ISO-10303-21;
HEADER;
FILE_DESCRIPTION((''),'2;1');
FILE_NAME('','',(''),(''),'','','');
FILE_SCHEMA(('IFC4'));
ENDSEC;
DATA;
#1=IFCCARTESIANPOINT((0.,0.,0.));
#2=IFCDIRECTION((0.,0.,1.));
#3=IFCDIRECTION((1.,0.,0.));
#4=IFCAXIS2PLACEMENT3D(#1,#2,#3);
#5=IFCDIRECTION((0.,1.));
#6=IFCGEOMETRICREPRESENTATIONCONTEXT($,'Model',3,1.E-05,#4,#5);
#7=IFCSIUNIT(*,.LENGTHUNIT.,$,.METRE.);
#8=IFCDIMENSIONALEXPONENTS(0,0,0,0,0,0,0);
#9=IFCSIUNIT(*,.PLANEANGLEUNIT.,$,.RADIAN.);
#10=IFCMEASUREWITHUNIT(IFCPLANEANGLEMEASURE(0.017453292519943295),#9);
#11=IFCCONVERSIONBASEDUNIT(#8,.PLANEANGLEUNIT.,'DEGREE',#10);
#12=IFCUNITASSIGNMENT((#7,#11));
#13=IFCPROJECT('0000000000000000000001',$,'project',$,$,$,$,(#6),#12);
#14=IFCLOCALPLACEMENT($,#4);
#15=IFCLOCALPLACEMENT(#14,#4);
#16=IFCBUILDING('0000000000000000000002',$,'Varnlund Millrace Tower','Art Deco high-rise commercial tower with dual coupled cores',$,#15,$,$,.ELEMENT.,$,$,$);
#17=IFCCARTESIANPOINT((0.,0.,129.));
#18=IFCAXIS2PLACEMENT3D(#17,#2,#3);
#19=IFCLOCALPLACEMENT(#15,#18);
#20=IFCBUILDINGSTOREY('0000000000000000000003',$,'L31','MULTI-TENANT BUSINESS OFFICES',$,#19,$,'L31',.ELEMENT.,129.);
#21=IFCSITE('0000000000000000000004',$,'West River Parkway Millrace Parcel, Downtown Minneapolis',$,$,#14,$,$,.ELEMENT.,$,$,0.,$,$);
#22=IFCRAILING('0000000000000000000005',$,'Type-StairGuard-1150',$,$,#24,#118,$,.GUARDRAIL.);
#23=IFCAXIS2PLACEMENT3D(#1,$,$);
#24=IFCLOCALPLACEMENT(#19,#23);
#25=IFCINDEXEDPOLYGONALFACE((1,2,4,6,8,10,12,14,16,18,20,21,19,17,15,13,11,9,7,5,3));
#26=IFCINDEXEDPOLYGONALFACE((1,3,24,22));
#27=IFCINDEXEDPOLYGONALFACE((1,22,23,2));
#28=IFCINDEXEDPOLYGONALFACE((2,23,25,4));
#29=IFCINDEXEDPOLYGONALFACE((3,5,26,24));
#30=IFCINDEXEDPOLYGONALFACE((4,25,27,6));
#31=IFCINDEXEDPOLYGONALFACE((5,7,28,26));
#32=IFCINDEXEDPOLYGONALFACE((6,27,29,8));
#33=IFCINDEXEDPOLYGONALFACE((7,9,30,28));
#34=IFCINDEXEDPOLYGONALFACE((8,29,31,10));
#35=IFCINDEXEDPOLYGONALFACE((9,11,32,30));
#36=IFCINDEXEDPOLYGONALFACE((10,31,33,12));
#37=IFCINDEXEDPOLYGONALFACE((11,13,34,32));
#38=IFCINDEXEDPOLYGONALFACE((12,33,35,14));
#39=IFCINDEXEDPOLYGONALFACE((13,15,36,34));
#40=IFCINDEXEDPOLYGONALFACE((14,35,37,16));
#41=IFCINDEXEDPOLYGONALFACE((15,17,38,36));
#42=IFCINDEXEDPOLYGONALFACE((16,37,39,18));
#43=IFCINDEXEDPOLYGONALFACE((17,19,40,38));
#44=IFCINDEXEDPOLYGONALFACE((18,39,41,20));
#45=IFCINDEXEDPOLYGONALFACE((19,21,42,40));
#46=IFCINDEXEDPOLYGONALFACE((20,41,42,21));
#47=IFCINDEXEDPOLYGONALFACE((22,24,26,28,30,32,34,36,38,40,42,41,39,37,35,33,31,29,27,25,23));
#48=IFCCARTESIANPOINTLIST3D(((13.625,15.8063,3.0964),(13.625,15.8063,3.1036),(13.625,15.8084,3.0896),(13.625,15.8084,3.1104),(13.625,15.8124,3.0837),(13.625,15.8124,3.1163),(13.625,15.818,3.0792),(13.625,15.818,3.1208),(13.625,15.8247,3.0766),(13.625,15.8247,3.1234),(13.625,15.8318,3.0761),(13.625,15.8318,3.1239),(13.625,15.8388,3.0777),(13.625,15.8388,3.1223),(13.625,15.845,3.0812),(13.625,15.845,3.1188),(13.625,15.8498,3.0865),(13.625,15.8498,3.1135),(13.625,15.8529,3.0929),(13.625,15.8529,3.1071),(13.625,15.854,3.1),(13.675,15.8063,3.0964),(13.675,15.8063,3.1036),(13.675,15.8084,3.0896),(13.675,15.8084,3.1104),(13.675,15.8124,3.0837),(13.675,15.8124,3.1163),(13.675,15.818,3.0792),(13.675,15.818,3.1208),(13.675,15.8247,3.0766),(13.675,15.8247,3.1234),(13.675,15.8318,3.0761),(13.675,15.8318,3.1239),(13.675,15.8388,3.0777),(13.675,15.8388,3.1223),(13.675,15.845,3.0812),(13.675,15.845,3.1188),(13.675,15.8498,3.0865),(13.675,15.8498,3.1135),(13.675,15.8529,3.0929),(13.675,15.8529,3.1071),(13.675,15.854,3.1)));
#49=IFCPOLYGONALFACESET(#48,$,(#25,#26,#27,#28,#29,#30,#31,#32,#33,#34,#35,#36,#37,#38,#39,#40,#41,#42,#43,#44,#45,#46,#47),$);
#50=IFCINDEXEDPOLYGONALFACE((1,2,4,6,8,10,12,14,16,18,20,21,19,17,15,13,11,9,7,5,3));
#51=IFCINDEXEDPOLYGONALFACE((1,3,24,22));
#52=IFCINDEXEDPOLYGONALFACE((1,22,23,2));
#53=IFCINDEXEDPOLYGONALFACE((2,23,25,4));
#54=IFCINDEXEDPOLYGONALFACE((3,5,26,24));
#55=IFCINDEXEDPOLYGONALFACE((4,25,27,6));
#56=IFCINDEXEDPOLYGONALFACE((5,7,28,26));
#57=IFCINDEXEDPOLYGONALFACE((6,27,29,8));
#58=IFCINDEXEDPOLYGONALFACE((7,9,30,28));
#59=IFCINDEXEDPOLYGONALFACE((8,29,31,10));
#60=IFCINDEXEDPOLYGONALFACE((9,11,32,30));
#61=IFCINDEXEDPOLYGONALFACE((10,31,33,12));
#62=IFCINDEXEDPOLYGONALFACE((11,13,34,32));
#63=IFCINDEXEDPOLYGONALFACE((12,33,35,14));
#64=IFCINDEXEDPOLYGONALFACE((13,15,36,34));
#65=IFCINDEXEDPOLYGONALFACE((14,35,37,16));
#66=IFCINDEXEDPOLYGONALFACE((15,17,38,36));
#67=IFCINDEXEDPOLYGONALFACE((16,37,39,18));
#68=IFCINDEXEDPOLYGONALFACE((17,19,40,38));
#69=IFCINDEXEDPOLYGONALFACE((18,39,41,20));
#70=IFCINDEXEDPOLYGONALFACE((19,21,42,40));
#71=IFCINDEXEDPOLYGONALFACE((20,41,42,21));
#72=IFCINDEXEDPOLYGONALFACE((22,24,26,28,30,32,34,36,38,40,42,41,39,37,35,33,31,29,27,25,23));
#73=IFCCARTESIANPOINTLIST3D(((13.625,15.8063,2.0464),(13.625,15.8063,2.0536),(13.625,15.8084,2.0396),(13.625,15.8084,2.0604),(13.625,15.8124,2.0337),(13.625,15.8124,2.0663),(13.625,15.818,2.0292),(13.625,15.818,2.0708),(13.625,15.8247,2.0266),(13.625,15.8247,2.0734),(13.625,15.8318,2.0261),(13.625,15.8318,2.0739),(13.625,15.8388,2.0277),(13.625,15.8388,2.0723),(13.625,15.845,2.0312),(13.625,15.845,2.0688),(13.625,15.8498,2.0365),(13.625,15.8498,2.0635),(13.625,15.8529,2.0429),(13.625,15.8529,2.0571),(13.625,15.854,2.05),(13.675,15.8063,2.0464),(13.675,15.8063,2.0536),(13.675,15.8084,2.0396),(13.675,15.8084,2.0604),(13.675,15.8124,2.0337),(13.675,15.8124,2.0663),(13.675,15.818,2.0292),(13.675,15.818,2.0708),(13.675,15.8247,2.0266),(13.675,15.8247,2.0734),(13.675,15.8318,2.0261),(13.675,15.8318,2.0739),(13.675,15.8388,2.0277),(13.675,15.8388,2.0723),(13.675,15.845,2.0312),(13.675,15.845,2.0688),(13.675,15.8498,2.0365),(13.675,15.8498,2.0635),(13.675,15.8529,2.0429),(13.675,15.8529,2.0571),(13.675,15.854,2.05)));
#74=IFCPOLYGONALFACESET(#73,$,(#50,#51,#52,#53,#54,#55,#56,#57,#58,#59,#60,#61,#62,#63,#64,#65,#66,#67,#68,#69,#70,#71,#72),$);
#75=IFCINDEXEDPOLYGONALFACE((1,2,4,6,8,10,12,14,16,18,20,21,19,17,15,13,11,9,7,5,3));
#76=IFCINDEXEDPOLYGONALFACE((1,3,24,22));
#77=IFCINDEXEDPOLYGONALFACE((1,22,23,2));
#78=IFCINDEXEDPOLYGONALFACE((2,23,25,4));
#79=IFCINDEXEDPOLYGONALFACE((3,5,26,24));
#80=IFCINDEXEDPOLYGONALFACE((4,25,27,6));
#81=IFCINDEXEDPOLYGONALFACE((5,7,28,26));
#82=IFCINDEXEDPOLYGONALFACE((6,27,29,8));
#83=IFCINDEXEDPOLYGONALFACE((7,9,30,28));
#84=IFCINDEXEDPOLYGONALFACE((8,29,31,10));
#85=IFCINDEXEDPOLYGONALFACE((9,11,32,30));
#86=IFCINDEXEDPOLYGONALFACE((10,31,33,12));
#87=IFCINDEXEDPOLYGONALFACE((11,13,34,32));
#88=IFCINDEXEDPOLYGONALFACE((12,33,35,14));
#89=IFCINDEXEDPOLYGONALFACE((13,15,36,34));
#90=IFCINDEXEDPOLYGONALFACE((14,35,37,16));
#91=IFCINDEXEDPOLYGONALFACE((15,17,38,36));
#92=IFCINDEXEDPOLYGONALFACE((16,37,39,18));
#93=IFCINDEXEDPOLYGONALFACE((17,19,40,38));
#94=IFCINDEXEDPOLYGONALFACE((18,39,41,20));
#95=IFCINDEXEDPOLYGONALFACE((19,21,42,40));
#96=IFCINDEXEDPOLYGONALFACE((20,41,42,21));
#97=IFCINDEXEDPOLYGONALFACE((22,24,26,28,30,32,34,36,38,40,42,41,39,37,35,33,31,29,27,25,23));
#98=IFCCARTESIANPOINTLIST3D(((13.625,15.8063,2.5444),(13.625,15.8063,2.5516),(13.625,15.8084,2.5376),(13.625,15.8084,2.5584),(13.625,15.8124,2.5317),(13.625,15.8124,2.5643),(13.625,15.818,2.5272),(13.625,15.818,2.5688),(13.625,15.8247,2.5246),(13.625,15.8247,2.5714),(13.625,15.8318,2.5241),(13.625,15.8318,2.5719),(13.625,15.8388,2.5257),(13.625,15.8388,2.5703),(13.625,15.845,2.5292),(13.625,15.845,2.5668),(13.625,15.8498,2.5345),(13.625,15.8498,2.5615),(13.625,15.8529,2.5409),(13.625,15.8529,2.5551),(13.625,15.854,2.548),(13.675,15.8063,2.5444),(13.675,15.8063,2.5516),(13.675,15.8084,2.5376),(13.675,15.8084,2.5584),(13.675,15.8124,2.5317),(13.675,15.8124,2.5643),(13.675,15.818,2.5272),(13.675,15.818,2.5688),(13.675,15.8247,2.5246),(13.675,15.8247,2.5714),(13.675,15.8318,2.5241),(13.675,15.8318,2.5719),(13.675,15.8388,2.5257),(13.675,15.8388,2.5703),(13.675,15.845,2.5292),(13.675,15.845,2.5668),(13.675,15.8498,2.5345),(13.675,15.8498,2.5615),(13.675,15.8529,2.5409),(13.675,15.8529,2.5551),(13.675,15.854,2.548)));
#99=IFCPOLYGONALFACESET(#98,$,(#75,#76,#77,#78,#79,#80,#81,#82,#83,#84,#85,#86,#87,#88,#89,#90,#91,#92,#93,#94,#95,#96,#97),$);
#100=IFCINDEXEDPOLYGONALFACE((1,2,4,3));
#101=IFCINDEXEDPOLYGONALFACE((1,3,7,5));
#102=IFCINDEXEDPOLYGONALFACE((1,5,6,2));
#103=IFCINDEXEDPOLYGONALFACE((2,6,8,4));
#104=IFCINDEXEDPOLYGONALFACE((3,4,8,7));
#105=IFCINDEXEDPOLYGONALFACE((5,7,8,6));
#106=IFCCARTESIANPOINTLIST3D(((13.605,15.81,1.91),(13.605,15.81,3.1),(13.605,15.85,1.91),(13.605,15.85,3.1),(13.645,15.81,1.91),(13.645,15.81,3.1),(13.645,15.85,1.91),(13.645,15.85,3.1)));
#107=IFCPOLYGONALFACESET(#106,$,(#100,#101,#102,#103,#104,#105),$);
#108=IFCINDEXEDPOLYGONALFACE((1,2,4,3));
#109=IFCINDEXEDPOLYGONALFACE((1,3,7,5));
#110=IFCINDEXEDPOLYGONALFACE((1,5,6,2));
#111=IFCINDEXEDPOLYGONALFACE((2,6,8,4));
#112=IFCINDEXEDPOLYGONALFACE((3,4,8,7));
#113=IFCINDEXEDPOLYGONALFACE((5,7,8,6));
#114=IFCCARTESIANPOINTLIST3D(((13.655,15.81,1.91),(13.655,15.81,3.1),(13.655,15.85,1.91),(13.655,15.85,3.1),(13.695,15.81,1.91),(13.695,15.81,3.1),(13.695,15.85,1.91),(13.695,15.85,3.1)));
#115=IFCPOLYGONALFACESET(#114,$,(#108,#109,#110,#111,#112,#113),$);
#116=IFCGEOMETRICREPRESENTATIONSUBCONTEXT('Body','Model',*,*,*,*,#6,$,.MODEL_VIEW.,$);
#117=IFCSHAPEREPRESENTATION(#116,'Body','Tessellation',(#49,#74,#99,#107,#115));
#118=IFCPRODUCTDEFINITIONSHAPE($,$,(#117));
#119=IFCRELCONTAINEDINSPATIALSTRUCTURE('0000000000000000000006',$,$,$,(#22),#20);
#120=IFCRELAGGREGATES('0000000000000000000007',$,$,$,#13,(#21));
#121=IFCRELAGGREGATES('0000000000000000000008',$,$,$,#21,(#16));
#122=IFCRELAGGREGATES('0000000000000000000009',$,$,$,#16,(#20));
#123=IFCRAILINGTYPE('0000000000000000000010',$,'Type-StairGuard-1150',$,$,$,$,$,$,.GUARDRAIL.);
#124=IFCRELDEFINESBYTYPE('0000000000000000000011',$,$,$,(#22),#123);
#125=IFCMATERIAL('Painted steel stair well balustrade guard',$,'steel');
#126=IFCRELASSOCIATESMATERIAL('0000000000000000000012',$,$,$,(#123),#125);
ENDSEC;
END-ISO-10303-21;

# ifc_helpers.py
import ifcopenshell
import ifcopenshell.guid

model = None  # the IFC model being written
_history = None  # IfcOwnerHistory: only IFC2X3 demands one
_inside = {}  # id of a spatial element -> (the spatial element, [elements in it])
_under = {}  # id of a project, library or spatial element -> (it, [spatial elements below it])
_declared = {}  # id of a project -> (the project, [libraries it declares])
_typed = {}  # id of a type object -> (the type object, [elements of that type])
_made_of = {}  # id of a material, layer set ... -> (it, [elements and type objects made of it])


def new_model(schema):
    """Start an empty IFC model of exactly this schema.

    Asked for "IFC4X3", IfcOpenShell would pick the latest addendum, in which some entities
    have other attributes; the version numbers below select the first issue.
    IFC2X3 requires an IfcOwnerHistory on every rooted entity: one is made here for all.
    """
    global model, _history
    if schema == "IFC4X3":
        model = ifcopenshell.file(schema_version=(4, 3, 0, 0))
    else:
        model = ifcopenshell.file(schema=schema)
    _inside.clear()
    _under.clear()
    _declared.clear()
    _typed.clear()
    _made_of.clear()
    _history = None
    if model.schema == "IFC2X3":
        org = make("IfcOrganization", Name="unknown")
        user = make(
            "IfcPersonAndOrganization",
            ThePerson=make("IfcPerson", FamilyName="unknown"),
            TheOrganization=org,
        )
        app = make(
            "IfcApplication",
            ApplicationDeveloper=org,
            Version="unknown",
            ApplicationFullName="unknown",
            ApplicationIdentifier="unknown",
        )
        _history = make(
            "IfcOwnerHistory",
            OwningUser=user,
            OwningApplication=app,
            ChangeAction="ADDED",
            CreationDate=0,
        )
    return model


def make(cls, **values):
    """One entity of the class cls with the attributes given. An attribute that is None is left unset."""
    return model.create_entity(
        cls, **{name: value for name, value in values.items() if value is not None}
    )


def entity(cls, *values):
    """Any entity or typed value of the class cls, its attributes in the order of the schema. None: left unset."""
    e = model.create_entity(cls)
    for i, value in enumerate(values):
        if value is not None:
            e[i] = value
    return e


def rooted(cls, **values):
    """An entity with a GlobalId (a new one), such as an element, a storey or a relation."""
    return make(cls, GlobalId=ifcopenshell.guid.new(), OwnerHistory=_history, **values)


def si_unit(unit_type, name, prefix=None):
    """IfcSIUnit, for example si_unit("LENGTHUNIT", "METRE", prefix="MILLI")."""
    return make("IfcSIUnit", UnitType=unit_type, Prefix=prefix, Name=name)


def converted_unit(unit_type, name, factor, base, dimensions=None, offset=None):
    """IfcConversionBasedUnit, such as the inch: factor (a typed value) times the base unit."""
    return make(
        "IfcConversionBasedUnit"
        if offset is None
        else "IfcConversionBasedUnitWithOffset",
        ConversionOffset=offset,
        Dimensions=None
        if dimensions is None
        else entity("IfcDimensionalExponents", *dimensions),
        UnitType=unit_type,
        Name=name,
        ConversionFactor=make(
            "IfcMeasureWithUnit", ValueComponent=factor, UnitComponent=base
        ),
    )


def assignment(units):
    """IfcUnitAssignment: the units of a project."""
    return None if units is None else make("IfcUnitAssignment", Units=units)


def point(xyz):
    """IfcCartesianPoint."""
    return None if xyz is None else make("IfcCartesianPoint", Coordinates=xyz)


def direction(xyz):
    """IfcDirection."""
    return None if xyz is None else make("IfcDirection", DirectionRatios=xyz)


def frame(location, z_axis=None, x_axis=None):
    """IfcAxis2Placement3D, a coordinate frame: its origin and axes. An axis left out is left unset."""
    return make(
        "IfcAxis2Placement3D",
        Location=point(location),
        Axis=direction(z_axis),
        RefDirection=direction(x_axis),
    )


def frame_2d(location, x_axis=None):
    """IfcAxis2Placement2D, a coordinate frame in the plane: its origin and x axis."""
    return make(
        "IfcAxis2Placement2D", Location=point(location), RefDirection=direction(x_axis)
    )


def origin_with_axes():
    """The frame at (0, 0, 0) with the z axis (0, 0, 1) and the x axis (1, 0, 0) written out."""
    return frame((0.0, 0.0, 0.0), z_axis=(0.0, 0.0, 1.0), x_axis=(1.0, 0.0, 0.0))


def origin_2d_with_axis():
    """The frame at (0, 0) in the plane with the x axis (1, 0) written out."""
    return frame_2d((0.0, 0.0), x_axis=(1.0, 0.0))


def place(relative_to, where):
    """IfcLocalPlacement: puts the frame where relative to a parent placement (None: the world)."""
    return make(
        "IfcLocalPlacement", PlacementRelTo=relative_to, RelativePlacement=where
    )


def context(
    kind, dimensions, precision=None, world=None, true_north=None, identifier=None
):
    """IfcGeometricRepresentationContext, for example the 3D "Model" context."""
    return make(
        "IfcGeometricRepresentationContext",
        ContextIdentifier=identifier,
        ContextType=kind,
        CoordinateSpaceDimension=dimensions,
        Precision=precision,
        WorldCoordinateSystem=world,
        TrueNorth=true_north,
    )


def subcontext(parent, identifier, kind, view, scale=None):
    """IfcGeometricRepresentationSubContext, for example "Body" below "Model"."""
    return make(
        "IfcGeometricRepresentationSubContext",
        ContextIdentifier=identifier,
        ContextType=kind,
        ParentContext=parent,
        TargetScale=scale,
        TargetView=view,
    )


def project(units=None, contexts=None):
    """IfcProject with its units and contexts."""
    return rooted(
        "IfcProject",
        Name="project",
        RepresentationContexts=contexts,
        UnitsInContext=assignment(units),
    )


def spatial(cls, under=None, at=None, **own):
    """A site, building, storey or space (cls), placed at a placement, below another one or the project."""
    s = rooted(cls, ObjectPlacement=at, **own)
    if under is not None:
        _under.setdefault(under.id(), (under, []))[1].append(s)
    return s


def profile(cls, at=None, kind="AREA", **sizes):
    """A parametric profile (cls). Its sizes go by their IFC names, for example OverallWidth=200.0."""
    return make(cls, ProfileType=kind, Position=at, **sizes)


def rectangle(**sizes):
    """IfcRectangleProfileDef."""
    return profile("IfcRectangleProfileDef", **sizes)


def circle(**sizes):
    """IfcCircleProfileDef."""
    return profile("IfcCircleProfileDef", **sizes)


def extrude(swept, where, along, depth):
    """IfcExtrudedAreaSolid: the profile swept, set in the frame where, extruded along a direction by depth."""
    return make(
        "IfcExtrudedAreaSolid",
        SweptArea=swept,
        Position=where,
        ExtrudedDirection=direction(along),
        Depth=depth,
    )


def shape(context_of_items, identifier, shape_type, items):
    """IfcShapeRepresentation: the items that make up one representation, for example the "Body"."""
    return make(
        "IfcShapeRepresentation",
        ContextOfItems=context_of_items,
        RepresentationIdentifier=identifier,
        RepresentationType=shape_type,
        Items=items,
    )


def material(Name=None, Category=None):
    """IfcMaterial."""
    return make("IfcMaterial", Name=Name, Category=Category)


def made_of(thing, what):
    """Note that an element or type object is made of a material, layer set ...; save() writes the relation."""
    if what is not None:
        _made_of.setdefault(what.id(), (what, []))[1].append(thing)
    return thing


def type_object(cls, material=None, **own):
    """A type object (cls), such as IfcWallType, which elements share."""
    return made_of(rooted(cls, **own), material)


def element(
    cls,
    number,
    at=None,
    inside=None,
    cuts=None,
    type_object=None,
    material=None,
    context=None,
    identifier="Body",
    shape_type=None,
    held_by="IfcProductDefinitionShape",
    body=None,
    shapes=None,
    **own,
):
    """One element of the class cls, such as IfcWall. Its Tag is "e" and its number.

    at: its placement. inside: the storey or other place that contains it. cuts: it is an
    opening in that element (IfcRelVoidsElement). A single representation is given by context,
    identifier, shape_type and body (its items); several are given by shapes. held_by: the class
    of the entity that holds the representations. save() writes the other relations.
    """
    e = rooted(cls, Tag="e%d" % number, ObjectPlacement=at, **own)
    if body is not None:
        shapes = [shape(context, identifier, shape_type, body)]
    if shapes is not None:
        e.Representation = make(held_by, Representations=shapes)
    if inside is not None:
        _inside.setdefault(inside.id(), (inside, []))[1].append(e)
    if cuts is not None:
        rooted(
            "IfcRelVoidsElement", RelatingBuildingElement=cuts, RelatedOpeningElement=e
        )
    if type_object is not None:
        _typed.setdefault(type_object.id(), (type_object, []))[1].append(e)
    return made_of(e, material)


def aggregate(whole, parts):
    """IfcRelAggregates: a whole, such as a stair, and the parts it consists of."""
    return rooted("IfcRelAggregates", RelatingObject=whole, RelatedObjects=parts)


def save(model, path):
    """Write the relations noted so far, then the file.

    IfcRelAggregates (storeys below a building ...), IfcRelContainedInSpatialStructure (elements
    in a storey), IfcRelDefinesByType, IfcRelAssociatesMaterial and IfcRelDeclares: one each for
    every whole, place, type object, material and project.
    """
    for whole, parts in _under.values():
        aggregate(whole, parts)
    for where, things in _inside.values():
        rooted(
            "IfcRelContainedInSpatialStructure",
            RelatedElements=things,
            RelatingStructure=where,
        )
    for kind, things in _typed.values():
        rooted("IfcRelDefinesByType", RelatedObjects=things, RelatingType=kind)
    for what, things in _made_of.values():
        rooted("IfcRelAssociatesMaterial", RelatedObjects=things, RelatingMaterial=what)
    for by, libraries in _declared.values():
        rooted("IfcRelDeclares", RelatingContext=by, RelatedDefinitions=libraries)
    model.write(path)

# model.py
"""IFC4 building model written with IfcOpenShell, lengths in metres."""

from ifc_helpers import new_model, entity, si_unit, converted_unit, direction, frame, origin_with_axes, origin_2d_with_axis, place, context, subcontext, project, spatial, rectangle, circle, extrude, material, type_object, element, save


model = new_model("IFC4")

# Units and contexts
model_context = context("Model", 3, precision=1e-05, world=origin_with_axes(), true_north=direction((0.0, 1.0)))
body_context = subcontext(model_context, "Body", "Model", "MODEL_VIEW")
ifc_project = project(units=[si_unit("LENGTHUNIT", "METRE"), converted_unit("PLANEANGLEUNIT", "DEGREE", entity("IfcPlaneAngleMeasure", 0.017453292519943295), si_unit("PLANEANGLEUNIT", "RADIAN"), dimensions=[0, 0, 0, 0, 0, 0, 0])], contexts=[model_context])

# Site, building, storey
site_placement = place(None, origin_with_axes())
site = spatial("IfcSite", under=ifc_project, at=site_placement, Name="West River Parkway Millrace Parcel, Downtown Minneapolis", CompositionType="ELEMENT", RefElevation=0.0)
building_placement = place(site_placement, origin_with_axes())
building = spatial("IfcBuilding", under=site, at=building_placement, Name="Varnlund Millrace Tower", Description="Art Deco high-rise commercial tower with dual coupled cores", CompositionType="ELEMENT")
storey_placement = place(building_placement, frame((0.0, 0.0, 129.0), z_axis=(0.0, 0.0, 1.0), x_axis=(1.0, 0.0, 0.0)))
storey = spatial("IfcBuildingStorey", under=building, at=storey_placement, Name="L31", Description="MULTI-TENANT BUSINESS OFFICES", LongName="L31", CompositionType="ELEMENT", Elevation=129.0)

# Railing
ifc_material_1 = material(Name="Painted steel stair well balustrade guard", Category="steel")
railing_type_1 = type_object("IfcRailingType", Name="Type-StairGuard-1150", PredefinedType="GUARDRAIL", material=ifc_material_1)
railing_1_placement = place(storey_placement, frame((0.0, 0.0, -129.0), z_axis=(0.0, 0.0, 1.0), x_axis=(1.0, 0.0, 0.0)))
element("IfcRailing", 1, at=railing_1_placement, inside=storey, type_object=railing_type_1, Name="Type-StairGuard-1150", PredefinedType="GUARDRAIL", context=body_context, shape_type="SweptSolid", body=[
    extrude(circle(Radius=0.024, at=origin_2d_with_axis()), frame((13.625, 15.83, 132.1), z_axis=(1.0, 0.0, 0.0), x_axis=(0.0, 1.0, 0.0)), (0.0, 0.0, 1.0), 0.05),
    extrude(circle(Radius=0.024, at=origin_2d_with_axis()), frame((13.625, 15.83, 131.05), z_axis=(1.0, 0.0, 0.0), x_axis=(0.0, 1.0, 0.0)), (0.0, 0.0, 1.0), 0.05),
    extrude(circle(Radius=0.024, at=origin_2d_with_axis()), frame((13.625, 15.83, 131.548), z_axis=(1.0, 0.0, 0.0), x_axis=(0.0, 1.0, 0.0)), (0.0, 0.0, 1.0), 0.05),
    extrude(rectangle(XDim=0.04, YDim=0.04, at=origin_2d_with_axis()), frame((13.625, 15.83, 130.91), z_axis=(0.0, 0.0, 1.0), x_axis=(1.0, 0.0, 0.0)), (0.0, 0.0, 1.0), 1.19),
    extrude(rectangle(XDim=0.04, YDim=0.04, at=origin_2d_with_axis()), frame((13.675, 15.83, 130.91), z_axis=(0.0, 0.0, 1.0), x_axis=(1.0, 0.0, 0.0)), (0.0, 0.0, 1.0), 1.19),
])

save(model, "model.ifc")
